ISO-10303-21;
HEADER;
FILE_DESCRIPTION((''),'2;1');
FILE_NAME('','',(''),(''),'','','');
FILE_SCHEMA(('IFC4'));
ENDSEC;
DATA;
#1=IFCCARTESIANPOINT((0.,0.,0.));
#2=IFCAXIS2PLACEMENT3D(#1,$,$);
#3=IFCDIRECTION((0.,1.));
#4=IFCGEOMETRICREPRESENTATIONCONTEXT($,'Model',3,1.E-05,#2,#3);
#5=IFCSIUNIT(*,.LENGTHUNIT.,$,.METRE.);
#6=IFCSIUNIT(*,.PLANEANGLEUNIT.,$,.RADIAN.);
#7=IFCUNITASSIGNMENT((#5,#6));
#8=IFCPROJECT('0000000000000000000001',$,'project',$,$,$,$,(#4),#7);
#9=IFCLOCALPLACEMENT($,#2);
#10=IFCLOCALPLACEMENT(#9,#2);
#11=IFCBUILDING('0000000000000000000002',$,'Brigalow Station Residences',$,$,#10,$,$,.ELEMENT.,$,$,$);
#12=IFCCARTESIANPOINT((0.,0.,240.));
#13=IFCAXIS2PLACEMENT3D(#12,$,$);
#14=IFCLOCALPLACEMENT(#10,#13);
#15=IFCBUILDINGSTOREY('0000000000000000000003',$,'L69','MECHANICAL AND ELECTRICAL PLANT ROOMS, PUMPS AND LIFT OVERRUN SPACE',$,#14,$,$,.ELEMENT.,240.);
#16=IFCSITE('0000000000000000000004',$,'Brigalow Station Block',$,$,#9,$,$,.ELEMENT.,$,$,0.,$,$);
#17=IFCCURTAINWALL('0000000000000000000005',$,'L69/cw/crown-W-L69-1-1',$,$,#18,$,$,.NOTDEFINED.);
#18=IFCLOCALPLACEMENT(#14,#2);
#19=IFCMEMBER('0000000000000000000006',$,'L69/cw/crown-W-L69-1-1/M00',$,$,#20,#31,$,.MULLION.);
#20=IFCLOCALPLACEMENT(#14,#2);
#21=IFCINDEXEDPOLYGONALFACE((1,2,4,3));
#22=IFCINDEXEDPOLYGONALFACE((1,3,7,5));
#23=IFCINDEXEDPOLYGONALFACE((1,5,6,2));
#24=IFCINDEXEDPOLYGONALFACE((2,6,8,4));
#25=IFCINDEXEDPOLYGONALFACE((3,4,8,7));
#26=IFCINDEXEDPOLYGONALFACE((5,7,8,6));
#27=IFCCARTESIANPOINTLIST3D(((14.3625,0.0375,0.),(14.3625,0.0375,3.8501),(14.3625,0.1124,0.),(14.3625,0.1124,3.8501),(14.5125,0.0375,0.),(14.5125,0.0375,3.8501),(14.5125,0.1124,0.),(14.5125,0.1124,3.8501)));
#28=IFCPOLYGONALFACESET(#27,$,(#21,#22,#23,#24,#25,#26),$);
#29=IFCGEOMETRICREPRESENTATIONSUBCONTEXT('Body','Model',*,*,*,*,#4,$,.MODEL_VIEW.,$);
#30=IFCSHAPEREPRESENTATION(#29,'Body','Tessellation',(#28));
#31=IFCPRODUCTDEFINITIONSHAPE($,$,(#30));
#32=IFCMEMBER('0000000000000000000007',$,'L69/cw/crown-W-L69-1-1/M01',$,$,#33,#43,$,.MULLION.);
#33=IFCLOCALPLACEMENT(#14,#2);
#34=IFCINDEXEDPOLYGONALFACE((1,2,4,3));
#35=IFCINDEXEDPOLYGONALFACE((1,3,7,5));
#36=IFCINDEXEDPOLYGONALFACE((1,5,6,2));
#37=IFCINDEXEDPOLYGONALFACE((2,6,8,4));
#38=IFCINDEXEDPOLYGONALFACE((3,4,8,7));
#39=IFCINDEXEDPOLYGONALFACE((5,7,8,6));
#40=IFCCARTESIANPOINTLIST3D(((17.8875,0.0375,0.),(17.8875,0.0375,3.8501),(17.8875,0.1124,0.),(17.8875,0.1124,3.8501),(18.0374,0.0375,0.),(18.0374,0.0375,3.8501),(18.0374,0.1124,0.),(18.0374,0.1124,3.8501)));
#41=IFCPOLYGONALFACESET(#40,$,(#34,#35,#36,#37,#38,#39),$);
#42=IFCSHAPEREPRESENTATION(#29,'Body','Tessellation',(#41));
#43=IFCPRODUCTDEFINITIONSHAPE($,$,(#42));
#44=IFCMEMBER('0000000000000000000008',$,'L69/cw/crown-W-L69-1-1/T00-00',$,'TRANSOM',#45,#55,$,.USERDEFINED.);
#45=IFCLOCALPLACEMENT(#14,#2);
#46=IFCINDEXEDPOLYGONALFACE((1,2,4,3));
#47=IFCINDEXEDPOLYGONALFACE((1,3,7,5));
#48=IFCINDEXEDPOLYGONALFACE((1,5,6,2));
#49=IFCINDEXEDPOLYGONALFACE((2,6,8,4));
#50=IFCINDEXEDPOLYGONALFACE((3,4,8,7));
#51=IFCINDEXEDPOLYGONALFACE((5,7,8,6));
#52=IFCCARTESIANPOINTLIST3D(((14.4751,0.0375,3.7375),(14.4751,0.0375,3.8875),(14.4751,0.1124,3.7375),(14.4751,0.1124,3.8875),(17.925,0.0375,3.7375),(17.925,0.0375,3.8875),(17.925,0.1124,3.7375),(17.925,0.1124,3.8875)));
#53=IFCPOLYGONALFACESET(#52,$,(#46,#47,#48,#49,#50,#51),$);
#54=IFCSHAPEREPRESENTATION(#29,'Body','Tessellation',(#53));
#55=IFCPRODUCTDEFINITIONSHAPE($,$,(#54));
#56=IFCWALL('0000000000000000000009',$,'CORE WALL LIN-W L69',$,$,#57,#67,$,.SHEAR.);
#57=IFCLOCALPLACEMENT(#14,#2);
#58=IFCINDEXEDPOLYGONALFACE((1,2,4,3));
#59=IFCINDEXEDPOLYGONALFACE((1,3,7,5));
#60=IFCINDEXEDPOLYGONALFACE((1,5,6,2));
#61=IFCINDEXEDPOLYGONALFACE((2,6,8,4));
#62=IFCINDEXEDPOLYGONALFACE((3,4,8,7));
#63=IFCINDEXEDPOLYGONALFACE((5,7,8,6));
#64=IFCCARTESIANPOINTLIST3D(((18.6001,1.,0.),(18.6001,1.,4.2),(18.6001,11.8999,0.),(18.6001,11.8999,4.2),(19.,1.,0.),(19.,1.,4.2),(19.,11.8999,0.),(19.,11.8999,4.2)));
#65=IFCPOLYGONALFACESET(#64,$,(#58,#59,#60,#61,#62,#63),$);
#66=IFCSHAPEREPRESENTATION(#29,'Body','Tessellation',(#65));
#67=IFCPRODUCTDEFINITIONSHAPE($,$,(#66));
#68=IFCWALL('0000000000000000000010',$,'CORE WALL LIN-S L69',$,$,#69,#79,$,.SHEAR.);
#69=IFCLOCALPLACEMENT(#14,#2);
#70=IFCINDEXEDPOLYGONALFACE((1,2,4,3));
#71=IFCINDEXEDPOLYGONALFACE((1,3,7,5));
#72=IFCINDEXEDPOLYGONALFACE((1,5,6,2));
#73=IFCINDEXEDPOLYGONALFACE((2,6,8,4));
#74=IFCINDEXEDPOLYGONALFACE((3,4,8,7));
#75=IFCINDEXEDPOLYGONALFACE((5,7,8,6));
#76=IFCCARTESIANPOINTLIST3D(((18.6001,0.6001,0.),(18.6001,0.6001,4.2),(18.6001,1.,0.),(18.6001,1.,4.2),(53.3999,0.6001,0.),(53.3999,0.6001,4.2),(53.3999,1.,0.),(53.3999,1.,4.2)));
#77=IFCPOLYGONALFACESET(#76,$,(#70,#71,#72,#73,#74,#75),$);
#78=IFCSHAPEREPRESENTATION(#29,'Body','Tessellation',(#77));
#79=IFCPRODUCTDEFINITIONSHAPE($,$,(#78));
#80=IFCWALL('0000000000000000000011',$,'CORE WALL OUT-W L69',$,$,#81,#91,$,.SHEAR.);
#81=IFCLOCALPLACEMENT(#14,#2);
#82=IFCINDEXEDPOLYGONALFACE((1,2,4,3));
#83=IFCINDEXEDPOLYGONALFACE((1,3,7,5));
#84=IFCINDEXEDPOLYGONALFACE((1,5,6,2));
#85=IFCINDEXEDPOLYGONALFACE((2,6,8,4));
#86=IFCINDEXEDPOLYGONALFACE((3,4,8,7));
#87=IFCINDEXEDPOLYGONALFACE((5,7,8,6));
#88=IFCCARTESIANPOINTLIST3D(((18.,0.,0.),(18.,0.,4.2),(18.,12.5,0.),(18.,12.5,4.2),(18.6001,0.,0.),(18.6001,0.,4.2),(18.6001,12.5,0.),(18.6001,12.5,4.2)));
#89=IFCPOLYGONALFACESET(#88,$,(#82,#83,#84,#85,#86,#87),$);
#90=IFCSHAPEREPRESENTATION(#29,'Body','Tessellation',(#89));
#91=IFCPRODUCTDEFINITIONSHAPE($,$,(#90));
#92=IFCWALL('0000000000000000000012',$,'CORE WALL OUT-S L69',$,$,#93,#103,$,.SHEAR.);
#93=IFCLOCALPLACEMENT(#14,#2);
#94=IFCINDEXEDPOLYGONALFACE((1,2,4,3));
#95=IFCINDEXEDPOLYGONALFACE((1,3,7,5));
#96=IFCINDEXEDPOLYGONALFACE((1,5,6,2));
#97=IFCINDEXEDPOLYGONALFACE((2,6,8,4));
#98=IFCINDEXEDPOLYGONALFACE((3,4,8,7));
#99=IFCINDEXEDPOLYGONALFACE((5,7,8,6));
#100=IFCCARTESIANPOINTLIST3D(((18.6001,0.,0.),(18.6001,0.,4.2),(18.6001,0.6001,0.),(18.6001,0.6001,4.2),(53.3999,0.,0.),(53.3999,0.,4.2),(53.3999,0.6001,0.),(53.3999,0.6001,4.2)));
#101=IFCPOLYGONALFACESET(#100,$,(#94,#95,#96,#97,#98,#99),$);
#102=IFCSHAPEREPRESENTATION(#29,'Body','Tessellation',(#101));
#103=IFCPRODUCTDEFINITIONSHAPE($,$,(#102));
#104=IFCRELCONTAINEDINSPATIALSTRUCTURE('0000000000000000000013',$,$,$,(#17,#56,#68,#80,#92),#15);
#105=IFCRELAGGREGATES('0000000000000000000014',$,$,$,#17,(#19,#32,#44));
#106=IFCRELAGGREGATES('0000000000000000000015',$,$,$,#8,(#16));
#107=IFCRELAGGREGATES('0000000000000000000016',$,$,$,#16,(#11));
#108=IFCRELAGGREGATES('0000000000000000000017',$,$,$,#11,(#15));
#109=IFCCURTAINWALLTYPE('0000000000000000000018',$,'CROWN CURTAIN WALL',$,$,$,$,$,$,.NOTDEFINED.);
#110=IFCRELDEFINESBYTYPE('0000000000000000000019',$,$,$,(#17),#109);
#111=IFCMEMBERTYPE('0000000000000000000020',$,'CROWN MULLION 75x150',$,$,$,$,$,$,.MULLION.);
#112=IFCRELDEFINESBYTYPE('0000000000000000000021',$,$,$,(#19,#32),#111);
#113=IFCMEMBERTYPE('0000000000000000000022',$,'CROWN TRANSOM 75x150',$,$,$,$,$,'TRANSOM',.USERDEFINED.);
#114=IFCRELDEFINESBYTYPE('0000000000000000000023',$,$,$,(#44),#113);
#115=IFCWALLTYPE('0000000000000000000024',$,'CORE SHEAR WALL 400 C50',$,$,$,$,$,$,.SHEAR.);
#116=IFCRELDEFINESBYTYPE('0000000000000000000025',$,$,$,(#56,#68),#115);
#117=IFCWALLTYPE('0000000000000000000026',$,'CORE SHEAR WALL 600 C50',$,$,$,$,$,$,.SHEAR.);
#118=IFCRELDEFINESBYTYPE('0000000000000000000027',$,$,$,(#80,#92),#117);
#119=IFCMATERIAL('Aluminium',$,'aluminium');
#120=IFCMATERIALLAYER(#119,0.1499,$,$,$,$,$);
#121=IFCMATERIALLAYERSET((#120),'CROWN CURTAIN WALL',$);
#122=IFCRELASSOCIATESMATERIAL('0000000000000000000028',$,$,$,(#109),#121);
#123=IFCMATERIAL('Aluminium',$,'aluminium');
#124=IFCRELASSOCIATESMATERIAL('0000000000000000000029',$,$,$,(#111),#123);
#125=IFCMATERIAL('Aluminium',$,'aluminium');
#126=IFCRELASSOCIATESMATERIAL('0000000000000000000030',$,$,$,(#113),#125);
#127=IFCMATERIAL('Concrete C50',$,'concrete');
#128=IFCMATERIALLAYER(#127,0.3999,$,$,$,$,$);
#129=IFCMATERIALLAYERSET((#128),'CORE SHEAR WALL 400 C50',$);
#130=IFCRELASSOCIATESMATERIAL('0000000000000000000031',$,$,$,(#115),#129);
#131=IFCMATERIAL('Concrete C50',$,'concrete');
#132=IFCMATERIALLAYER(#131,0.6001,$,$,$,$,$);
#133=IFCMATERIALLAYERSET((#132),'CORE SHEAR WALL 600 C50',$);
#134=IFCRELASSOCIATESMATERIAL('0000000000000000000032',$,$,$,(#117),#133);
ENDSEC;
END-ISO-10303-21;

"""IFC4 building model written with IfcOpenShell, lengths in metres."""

from ifc_helpers import new_model, si_unit, direction, frame, frame_2d, origin, origin_2d, place, context, subcontext, project, spatial, rectangle, extrude, material, layer, layer_set, material_profile, profile_set, type_object, element, aggregate, save


model = new_model("IFC4")

# Units and contexts
model_context = context("Model", 3, precision=1e-05, world=origin(), true_north=direction((0.0, 1.0)))
body_context = subcontext(model_context, "Body", "Model", "MODEL_VIEW")
ifc_project = project(units=[si_unit("LENGTHUNIT", "METRE"), si_unit("PLANEANGLEUNIT", "RADIAN")], contexts=[model_context])

# Site, building, storey
site_placement = place(None, origin())
site = spatial("IfcSite", under=ifc_project, at=site_placement, Name="Brigalow Station Block", CompositionType="ELEMENT", RefElevation=0.0)
building_placement = place(site_placement, origin())
building = spatial("IfcBuilding", under=site, at=building_placement, Name="Brigalow Station Residences", CompositionType="ELEMENT")
storey_placement = place(building_placement, frame((0.0, 0.0, 240.0)))
storey = spatial("IfcBuildingStorey", under=building, at=storey_placement, Name="L69", Description="MECHANICAL AND ELECTRICAL PLANT ROOMS, PUMPS AND LIFT OVERRUN SPACE", CompositionType="ELEMENT", Elevation=240.0)

# Curtain wall, members
ifc_material_1 = material(Name="Aluminium", Category="aluminium")
ifc_layer_1 = layer(ifc_material_1, 0.1499)
ifc_layer_set_1 = layer_set([ifc_layer_1], Name="CROWN CURTAIN WALL")
curtain_wall_type = type_object("IfcCurtainWallType", Name="CROWN CURTAIN WALL", PredefinedType="NOTDEFINED", material=ifc_layer_set_1)
curtain_wall_placement = place(storey_placement, origin())
curtain_wall = element("IfcCurtainWall", 1, at=curtain_wall_placement, inside=storey, type_object=curtain_wall_type, Name="L69/cw/crown-W-L69-1-1", PredefinedType="NOTDEFINED")
ifc_material_2 = material(Name="Aluminium", Category="aluminium")
ifc_material_profile_1 = material_profile(ifc_material_2, rectangle(XDim=0.075, YDim=0.1499, at=origin_2d()), Name="CROWN MULLION 75x150")
ifc_profile_set_1 = profile_set([ifc_material_profile_1], Name="Aluminium")
member_type_1 = type_object("IfcMemberType", Name="CROWN MULLION 75x150", PredefinedType="MULLION", material=ifc_profile_set_1)
member_1_placement = place(storey_placement, frame((14.4375, 0.075, 0.0), z_axis=(0.0, 0.0, 1.0), x_axis=(0.0, 1.0, 0.0)))
member_1 = element("IfcMember", 2, at=member_1_placement, type_object=member_type_1, Name="L69/cw/crown-W-L69-1-1/M00", PredefinedType="MULLION", context=body_context, shape_type="SweptSolid", body=[
    extrude(rectangle(XDim=0.075, YDim=0.1499, at=origin_2d()), origin(), (0.0, 0.0, 1.0), 3.8501),
])
member_2_placement = place(storey_placement, frame((17.9624, 0.075, 0.0), z_axis=(0.0, 0.0, 1.0), x_axis=(0.0, 1.0, 0.0)))
member_2 = element("IfcMember", 3, at=member_2_placement, type_object=member_type_1, Name="L69/cw/crown-W-L69-1-1/M01", PredefinedType="MULLION", context=body_context, shape_type="SweptSolid", body=[
    extrude(rectangle(XDim=0.075, YDim=0.1499, at=origin_2d()), origin(), (0.0, 0.0, 1.0), 3.8501),
])
ifc_material_3 = material(Name="Aluminium", Category="aluminium")
ifc_material_profile_2 = material_profile(ifc_material_3, rectangle(XDim=0.075, YDim=0.1499, at=origin_2d()), Name="CROWN TRANSOM 75x150")
ifc_profile_set_2 = profile_set([ifc_material_profile_2], Name="Aluminium")
member_type_2 = type_object("IfcMemberType", Name="CROWN TRANSOM 75x150", ElementType="TRANSOM", PredefinedType="USERDEFINED", material=ifc_profile_set_2)
member_3_placement = place(storey_placement, frame((14.4751, 0.075, 3.8125), z_axis=(1.0, 0.0, 0.0), x_axis=(0.0, 1.0, 0.0)))
member_3 = element("IfcMember", 4, at=member_3_placement, type_object=member_type_2, Name="L69/cw/crown-W-L69-1-1/T00-00", ObjectType="TRANSOM", PredefinedType="USERDEFINED", context=body_context, shape_type="SweptSolid", body=[
    extrude(rectangle(XDim=0.075, YDim=0.1499, at=origin_2d()), origin(), (0.0, 0.0, 1.0), 3.45),
])

# Walls
ifc_material_4 = material(Name="Concrete C50", Category="concrete")
ifc_layer_2 = layer(ifc_material_4, 0.3999)
ifc_layer_set_2 = layer_set([ifc_layer_2], Name="CORE SHEAR WALL 400 C50")
wall_type_1 = type_object("IfcWallType", Name="CORE SHEAR WALL 400 C50", PredefinedType="SHEAR", material=ifc_layer_set_2)
wall_1_placement = place(storey_placement, frame((18.8, 1.0, 0.0), z_axis=(0.0, 0.0, 1.0), x_axis=(0.0, 1.0, 0.0)))
element("IfcWall", 5, at=wall_1_placement, inside=storey, type_object=wall_type_1, Name="CORE WALL LIN-W L69", PredefinedType="SHEAR", context=body_context, shape_type="SweptSolid", body=[
    extrude(rectangle(XDim=10.8999, YDim=0.3999, at=frame_2d((5.45, 0.0))), origin(), (0.0, 0.0, 1.0), 4.2),
])
wall_2_placement = place(storey_placement, frame((18.6001, 0.8, 0.0), z_axis=(0.0, 0.0, 1.0), x_axis=(1.0, 0.0, 0.0)))
element("IfcWall", 6, at=wall_2_placement, inside=storey, type_object=wall_type_1, Name="CORE WALL LIN-S L69", PredefinedType="SHEAR", context=body_context, shape_type="SweptSolid", body=[
    extrude(rectangle(XDim=34.7998, YDim=0.3999, at=frame_2d((17.3999, 0.0))), origin(), (0.0, 0.0, 1.0), 4.2),
])
ifc_material_5 = material(Name="Concrete C50", Category="concrete")
ifc_layer_3 = layer(ifc_material_5, 0.6001)
ifc_layer_set_3 = layer_set([ifc_layer_3], Name="CORE SHEAR WALL 600 C50")
wall_type_2 = type_object("IfcWallType", Name="CORE SHEAR WALL 600 C50", PredefinedType="SHEAR", material=ifc_layer_set_3)
wall_3_placement = place(storey_placement, frame((18.3, 0.0, 0.0), z_axis=(0.0, 0.0, 1.0), x_axis=(0.0, 1.0, 0.0)))
element("IfcWall", 7, at=wall_3_placement, inside=storey, type_object=wall_type_2, Name="CORE WALL OUT-W L69", PredefinedType="SHEAR", context=body_context, shape_type="SweptSolid", body=[
    extrude(rectangle(XDim=12.5, YDim=0.6001, at=frame_2d((6.25, 0.0))), origin(), (0.0, 0.0, 1.0), 4.2),
])
wall_4_placement = place(storey_placement, frame((18.6001, 0.3, 0.0), z_axis=(0.0, 0.0, 1.0), x_axis=(1.0, 0.0, 0.0)))
element("IfcWall", 8, at=wall_4_placement, inside=storey, type_object=wall_type_2, Name="CORE WALL OUT-S L69", PredefinedType="SHEAR", context=body_context, shape_type="SweptSolid", body=[
    extrude(rectangle(XDim=34.7998, YDim=0.6001, at=frame_2d((17.3999, 0.0))), origin(), (0.0, 0.0, 1.0), 4.2),
])

aggregate(curtain_wall, [member_1, member_2, member_3])

save(model, "model.ifc")
